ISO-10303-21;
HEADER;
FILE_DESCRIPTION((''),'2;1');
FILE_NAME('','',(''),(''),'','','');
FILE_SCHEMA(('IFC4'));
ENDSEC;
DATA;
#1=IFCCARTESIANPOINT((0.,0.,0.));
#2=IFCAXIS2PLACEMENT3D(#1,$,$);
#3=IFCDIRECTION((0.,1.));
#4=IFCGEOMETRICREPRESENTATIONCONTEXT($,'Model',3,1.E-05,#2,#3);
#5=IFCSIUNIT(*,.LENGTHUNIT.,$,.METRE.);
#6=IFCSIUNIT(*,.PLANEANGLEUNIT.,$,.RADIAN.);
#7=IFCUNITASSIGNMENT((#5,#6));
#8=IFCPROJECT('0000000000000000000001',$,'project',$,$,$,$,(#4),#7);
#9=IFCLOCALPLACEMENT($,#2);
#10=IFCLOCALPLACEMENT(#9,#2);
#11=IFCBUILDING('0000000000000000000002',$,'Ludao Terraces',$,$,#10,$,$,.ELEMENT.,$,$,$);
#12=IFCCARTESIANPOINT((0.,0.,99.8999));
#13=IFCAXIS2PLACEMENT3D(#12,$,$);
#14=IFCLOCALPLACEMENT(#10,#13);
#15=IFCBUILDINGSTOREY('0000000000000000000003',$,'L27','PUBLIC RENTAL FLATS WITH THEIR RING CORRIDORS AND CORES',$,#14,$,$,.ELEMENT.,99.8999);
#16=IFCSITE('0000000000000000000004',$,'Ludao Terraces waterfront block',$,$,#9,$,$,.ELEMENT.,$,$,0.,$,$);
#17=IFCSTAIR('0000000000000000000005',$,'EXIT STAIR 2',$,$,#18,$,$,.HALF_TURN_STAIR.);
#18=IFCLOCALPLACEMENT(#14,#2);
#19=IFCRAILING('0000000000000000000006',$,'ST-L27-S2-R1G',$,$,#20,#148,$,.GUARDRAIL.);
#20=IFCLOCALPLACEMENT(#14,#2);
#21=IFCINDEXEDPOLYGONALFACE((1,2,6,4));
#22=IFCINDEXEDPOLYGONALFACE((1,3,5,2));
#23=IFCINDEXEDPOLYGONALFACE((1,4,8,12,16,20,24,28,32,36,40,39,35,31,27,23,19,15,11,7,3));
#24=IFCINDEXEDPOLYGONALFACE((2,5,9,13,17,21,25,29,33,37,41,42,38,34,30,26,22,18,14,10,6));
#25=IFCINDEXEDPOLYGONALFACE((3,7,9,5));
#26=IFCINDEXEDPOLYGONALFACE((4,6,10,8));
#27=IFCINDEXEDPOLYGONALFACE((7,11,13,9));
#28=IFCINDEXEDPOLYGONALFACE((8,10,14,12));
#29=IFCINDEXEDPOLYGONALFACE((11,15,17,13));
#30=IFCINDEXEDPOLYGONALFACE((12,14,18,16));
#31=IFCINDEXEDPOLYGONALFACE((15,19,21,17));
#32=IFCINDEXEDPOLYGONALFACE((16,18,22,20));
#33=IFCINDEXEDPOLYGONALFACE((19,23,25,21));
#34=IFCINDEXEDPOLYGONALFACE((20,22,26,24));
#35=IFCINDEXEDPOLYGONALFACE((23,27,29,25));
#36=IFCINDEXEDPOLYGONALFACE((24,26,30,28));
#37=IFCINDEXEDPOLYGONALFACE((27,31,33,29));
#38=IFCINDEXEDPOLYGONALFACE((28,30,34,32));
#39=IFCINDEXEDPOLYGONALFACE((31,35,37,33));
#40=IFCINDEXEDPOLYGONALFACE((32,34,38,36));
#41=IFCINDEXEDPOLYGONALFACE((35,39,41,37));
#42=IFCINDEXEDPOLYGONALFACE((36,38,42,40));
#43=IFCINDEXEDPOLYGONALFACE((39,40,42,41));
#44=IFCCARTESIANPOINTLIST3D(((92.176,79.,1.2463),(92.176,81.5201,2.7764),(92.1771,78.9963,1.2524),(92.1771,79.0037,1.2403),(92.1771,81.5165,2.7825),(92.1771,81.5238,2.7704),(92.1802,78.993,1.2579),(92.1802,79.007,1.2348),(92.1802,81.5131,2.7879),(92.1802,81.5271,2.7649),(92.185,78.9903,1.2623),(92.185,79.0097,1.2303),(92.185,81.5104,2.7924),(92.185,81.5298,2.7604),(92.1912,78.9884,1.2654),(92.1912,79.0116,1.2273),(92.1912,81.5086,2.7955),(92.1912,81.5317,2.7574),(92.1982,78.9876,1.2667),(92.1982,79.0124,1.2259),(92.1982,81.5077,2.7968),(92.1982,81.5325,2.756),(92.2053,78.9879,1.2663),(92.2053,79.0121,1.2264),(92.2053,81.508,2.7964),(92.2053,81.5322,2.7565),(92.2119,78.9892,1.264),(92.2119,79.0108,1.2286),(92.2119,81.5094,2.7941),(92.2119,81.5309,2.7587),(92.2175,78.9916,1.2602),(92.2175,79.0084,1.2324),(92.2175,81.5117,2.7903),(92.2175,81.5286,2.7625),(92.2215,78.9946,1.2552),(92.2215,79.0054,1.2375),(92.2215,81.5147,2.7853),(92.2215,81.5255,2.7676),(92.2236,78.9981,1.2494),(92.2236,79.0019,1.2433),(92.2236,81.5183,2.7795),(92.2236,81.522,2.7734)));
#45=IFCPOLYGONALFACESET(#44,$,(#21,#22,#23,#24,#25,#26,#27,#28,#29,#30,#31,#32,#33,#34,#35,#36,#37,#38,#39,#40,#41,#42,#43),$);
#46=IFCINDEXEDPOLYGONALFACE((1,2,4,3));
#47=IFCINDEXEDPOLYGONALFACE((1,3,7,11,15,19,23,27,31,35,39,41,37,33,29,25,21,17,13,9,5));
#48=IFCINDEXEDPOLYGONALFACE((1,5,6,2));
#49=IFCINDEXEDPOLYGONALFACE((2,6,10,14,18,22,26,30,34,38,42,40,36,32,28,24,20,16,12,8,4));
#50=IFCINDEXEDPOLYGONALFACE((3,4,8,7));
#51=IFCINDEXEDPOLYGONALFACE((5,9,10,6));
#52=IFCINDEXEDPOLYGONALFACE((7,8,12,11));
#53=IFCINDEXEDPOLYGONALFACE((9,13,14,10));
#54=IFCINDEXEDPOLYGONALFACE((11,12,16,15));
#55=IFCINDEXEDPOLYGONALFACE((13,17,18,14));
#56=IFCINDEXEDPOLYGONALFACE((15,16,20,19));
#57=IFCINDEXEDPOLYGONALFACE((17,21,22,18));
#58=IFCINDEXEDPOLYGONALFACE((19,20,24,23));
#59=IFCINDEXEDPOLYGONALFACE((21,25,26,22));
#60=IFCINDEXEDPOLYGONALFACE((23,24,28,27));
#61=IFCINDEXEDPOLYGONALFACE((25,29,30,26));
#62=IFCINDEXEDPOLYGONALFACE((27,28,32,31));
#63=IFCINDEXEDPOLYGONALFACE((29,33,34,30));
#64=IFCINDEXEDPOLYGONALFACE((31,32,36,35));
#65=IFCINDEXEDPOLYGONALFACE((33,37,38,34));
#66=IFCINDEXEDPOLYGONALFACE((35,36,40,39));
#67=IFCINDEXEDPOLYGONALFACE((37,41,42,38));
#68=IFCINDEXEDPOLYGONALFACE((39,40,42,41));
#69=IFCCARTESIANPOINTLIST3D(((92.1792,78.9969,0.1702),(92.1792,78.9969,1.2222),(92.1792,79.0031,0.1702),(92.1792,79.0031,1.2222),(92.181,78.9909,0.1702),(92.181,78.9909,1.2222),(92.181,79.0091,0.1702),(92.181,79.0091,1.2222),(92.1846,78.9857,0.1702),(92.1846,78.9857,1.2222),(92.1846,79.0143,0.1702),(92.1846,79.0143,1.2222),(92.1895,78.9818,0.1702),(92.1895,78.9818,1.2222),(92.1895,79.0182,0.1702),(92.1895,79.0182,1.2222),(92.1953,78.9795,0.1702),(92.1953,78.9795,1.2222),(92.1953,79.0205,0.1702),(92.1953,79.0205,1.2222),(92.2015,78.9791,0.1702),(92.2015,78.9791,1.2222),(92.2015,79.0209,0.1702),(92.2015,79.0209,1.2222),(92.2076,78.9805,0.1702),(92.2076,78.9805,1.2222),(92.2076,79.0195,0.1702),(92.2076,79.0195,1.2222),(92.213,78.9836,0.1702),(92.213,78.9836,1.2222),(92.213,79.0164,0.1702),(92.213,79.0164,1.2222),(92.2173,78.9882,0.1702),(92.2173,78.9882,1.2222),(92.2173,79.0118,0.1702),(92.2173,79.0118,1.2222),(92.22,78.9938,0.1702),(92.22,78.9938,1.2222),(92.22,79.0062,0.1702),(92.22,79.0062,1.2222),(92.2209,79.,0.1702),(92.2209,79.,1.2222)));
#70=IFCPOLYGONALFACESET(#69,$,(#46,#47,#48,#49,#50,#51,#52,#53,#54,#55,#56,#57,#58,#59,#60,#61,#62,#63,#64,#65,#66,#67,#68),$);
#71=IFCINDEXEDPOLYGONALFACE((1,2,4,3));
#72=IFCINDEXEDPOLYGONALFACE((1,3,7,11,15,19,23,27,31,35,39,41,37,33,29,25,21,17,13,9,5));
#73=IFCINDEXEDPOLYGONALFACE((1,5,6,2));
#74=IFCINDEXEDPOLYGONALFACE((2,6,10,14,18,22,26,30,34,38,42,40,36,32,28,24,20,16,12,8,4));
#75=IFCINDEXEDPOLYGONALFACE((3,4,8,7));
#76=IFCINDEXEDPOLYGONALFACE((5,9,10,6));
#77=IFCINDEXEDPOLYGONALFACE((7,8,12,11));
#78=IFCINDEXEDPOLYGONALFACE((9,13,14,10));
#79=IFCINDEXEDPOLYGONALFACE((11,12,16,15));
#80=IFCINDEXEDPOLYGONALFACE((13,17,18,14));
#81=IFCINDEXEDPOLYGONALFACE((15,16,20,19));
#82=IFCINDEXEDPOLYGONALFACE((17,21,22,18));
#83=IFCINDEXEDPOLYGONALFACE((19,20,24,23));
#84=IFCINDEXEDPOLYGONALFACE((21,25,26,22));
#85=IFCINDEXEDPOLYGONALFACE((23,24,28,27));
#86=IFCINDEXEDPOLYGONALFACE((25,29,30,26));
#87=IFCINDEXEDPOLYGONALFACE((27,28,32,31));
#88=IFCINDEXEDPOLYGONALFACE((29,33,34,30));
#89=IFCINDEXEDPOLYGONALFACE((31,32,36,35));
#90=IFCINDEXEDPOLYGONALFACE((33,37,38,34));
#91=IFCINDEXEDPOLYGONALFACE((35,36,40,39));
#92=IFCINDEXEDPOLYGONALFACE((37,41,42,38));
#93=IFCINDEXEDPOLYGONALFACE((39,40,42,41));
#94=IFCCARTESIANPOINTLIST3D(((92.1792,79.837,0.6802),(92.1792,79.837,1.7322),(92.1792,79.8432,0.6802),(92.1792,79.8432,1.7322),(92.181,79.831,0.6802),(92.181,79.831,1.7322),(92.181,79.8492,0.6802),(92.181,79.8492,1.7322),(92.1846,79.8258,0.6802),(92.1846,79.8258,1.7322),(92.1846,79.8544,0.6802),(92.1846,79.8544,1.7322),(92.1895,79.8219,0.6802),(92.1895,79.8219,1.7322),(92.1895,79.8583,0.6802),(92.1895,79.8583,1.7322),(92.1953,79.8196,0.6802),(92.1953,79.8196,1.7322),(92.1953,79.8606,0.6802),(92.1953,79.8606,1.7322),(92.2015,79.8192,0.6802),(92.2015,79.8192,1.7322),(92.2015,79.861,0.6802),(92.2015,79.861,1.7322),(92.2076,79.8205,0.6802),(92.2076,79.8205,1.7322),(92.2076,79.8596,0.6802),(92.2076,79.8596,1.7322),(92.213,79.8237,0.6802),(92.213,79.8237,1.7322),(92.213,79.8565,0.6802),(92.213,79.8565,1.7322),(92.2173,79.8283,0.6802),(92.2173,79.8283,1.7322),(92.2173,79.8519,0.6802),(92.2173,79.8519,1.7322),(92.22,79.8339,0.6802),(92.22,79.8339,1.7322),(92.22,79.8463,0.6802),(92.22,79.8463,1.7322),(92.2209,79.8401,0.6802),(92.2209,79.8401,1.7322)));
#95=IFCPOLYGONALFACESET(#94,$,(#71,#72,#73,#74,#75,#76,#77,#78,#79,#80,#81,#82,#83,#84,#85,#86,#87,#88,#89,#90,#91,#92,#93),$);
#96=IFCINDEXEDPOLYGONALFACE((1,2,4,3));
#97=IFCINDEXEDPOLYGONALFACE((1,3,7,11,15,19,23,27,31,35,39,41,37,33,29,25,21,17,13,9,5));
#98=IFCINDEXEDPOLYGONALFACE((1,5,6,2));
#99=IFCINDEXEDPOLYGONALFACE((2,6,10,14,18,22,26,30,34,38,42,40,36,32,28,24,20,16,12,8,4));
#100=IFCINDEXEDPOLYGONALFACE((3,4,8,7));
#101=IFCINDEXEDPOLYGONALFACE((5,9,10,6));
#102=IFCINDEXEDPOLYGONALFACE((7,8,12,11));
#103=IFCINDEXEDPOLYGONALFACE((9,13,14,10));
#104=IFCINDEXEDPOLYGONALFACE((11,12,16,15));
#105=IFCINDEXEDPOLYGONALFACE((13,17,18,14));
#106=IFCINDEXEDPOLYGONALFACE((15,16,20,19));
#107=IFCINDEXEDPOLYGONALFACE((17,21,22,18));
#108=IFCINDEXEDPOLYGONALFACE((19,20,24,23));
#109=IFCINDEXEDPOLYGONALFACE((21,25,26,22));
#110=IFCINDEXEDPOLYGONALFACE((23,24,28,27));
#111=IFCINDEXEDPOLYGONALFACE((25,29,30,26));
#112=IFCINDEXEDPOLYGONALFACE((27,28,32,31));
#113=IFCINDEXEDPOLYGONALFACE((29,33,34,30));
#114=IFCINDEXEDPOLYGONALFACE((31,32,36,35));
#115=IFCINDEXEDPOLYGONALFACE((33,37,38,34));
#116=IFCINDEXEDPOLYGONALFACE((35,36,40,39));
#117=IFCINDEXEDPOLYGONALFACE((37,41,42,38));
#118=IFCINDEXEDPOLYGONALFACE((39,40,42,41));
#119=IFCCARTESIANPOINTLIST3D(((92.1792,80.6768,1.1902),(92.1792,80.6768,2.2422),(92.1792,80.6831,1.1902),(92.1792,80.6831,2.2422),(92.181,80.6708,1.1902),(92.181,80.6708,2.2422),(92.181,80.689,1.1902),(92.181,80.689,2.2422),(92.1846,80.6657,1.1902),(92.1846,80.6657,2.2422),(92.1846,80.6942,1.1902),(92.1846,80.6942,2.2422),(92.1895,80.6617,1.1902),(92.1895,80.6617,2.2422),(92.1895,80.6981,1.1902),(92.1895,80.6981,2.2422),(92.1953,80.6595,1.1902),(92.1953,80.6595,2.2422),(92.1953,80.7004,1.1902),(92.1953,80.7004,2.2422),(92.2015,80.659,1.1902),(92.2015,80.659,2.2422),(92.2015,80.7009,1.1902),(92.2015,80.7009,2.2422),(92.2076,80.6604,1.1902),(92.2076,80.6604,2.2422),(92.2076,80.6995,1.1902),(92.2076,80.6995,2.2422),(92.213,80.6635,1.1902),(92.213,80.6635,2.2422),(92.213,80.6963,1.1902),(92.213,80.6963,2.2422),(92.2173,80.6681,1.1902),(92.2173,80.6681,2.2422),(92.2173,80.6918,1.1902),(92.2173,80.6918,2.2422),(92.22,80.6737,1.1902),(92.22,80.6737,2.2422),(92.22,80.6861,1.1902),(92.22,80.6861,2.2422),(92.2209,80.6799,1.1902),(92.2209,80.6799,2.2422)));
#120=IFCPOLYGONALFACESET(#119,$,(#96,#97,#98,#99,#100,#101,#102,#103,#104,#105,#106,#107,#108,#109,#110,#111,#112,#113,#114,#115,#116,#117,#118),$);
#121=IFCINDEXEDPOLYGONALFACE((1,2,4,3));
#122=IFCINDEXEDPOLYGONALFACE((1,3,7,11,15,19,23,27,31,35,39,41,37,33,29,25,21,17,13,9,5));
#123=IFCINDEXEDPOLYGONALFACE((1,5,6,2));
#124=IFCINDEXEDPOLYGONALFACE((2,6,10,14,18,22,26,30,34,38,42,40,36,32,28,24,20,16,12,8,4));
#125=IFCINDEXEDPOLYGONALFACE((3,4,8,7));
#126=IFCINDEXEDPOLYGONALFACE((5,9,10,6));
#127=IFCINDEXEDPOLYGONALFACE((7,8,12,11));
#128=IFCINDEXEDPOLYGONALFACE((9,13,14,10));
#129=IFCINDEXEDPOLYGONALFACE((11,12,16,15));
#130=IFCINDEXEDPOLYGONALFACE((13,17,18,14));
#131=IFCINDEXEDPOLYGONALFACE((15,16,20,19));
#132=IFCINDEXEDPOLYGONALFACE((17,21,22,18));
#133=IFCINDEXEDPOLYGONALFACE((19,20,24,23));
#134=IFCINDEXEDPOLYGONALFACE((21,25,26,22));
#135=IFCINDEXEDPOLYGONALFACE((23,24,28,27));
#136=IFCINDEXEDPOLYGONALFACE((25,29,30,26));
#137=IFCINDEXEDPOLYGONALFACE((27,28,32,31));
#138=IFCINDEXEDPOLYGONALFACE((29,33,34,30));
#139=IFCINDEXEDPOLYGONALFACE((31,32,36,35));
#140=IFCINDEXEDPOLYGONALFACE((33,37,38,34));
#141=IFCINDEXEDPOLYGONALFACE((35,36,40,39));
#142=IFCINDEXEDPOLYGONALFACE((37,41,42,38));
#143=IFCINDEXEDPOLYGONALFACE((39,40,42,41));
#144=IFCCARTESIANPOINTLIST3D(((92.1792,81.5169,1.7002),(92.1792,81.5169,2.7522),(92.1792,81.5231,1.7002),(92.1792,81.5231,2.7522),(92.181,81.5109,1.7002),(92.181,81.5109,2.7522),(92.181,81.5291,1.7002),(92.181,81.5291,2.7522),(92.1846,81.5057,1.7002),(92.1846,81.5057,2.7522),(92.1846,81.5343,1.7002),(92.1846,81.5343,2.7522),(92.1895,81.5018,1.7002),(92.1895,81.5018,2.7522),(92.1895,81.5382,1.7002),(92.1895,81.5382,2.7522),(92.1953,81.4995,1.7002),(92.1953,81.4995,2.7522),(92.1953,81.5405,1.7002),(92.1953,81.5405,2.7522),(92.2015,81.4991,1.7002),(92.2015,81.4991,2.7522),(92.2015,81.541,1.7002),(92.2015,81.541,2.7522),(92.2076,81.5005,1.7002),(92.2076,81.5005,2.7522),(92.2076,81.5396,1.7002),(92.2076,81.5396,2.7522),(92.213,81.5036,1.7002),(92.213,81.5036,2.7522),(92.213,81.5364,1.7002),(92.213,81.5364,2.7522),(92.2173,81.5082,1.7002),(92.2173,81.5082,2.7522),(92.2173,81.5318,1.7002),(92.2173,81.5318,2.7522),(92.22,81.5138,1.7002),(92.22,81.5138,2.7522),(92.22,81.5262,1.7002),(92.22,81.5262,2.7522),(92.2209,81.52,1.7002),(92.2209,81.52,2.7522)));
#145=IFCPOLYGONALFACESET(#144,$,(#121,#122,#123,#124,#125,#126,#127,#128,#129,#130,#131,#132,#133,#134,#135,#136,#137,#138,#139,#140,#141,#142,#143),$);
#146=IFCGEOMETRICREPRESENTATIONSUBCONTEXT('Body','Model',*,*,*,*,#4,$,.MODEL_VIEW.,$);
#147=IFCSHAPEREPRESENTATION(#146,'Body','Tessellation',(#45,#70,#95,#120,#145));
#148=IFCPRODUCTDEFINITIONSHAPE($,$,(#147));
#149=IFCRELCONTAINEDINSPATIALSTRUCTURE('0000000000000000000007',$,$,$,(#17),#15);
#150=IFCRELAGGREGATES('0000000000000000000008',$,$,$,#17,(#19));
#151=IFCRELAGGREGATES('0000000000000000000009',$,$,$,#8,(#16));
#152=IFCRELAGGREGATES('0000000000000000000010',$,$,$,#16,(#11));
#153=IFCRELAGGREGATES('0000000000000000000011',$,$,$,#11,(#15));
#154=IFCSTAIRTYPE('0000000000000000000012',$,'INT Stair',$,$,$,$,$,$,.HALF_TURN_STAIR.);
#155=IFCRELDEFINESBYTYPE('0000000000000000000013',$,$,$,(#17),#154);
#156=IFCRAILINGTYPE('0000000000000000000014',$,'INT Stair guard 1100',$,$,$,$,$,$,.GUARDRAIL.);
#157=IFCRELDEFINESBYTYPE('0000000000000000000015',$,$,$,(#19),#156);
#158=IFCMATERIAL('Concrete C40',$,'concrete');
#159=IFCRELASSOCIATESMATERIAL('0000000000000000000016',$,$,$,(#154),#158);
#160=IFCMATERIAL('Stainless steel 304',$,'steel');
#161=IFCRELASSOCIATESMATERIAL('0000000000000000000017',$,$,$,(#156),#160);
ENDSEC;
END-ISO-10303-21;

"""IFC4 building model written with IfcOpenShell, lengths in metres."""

from ifc_helpers import new_model, si_unit, direction, frame, origin, origin_2d, place, context, subcontext, project, spatial, circle, extrude, material, type_object, element, aggregate, save


model = new_model("IFC4")

# Units and contexts
model_context = context("Model", 3, precision=1e-05, world=origin(), true_north=direction((0.0, 1.0)))
body_context = subcontext(model_context, "Body", "Model", "MODEL_VIEW")
ifc_project = project(units=[si_unit("LENGTHUNIT", "METRE"), si_unit("PLANEANGLEUNIT", "RADIAN")], contexts=[model_context])

# Site, building, storey
site_placement = place(None, origin())
site = spatial("IfcSite", under=ifc_project, at=site_placement, Name="Ludao Terraces waterfront block", CompositionType="ELEMENT", RefElevation=0.0)
building_placement = place(site_placement, origin())
building = spatial("IfcBuilding", under=site, at=building_placement, Name="Ludao Terraces", CompositionType="ELEMENT")
storey_placement = place(building_placement, frame((0.0, 0.0, 99.8999)))
storey = spatial("IfcBuildingStorey", under=building, at=storey_placement, Name="L27", Description="PUBLIC RENTAL FLATS WITH THEIR RING CORRIDORS AND CORES", CompositionType="ELEMENT", Elevation=99.8999)

# Stair, railing
ifc_material_1 = material(Name="Concrete C40", Category="concrete")
stair_type = type_object("IfcStairType", Name="INT Stair", PredefinedType="HALF_TURN_STAIR", material=ifc_material_1)
stair_placement = place(storey_placement, origin())
stair = element("IfcStair", 1, at=stair_placement, inside=storey, type_object=stair_type, Name="EXIT STAIR 2", PredefinedType="HALF_TURN_STAIR")
ifc_material_2 = material(Name="Stainless steel 304", Category="steel")
railing_type_1 = type_object("IfcRailingType", Name="INT Stair guard 1100", PredefinedType="GUARDRAIL", material=ifc_material_2)
railing_1_placement = place(storey_placement, frame((92.2, 79.0, 0.1702)))
railing_1 = element("IfcRailing", 2, at=railing_1_placement, type_object=railing_type_1, Name="ST-L27-S2-R1G", PredefinedType="GUARDRAIL", context=body_context, shape_type="SweptSolid", body=[
    extrude(circle(Radius=0.0239, at=origin_2d()), frame((0.0, 0.0, 1.0762), z_axis=(0.0, 0.854785, 0.518982), x_axis=(-1.0, 0.0, 0.0)), (0.0, 0.0, 1.0), 2.9482),
    extrude(circle(Radius=0.021, at=origin_2d()), origin(), (0.0, 0.0, 1.0), 1.052),
    extrude(circle(Radius=0.021, at=origin_2d()), frame((0.0, 0.8401, 0.51)), (0.0, 0.0, 1.0), 1.052),
    extrude(circle(Radius=0.021, at=origin_2d()), frame((0.0, 1.6799, 1.02)), (0.0, 0.0, 1.0), 1.052),
    extrude(circle(Radius=0.021, at=origin_2d()), frame((0.0, 2.52, 1.53)), (0.0, 0.0, 1.0), 1.052),
])
aggregate(stair, [railing_1])

save(model, "model.ifc")
